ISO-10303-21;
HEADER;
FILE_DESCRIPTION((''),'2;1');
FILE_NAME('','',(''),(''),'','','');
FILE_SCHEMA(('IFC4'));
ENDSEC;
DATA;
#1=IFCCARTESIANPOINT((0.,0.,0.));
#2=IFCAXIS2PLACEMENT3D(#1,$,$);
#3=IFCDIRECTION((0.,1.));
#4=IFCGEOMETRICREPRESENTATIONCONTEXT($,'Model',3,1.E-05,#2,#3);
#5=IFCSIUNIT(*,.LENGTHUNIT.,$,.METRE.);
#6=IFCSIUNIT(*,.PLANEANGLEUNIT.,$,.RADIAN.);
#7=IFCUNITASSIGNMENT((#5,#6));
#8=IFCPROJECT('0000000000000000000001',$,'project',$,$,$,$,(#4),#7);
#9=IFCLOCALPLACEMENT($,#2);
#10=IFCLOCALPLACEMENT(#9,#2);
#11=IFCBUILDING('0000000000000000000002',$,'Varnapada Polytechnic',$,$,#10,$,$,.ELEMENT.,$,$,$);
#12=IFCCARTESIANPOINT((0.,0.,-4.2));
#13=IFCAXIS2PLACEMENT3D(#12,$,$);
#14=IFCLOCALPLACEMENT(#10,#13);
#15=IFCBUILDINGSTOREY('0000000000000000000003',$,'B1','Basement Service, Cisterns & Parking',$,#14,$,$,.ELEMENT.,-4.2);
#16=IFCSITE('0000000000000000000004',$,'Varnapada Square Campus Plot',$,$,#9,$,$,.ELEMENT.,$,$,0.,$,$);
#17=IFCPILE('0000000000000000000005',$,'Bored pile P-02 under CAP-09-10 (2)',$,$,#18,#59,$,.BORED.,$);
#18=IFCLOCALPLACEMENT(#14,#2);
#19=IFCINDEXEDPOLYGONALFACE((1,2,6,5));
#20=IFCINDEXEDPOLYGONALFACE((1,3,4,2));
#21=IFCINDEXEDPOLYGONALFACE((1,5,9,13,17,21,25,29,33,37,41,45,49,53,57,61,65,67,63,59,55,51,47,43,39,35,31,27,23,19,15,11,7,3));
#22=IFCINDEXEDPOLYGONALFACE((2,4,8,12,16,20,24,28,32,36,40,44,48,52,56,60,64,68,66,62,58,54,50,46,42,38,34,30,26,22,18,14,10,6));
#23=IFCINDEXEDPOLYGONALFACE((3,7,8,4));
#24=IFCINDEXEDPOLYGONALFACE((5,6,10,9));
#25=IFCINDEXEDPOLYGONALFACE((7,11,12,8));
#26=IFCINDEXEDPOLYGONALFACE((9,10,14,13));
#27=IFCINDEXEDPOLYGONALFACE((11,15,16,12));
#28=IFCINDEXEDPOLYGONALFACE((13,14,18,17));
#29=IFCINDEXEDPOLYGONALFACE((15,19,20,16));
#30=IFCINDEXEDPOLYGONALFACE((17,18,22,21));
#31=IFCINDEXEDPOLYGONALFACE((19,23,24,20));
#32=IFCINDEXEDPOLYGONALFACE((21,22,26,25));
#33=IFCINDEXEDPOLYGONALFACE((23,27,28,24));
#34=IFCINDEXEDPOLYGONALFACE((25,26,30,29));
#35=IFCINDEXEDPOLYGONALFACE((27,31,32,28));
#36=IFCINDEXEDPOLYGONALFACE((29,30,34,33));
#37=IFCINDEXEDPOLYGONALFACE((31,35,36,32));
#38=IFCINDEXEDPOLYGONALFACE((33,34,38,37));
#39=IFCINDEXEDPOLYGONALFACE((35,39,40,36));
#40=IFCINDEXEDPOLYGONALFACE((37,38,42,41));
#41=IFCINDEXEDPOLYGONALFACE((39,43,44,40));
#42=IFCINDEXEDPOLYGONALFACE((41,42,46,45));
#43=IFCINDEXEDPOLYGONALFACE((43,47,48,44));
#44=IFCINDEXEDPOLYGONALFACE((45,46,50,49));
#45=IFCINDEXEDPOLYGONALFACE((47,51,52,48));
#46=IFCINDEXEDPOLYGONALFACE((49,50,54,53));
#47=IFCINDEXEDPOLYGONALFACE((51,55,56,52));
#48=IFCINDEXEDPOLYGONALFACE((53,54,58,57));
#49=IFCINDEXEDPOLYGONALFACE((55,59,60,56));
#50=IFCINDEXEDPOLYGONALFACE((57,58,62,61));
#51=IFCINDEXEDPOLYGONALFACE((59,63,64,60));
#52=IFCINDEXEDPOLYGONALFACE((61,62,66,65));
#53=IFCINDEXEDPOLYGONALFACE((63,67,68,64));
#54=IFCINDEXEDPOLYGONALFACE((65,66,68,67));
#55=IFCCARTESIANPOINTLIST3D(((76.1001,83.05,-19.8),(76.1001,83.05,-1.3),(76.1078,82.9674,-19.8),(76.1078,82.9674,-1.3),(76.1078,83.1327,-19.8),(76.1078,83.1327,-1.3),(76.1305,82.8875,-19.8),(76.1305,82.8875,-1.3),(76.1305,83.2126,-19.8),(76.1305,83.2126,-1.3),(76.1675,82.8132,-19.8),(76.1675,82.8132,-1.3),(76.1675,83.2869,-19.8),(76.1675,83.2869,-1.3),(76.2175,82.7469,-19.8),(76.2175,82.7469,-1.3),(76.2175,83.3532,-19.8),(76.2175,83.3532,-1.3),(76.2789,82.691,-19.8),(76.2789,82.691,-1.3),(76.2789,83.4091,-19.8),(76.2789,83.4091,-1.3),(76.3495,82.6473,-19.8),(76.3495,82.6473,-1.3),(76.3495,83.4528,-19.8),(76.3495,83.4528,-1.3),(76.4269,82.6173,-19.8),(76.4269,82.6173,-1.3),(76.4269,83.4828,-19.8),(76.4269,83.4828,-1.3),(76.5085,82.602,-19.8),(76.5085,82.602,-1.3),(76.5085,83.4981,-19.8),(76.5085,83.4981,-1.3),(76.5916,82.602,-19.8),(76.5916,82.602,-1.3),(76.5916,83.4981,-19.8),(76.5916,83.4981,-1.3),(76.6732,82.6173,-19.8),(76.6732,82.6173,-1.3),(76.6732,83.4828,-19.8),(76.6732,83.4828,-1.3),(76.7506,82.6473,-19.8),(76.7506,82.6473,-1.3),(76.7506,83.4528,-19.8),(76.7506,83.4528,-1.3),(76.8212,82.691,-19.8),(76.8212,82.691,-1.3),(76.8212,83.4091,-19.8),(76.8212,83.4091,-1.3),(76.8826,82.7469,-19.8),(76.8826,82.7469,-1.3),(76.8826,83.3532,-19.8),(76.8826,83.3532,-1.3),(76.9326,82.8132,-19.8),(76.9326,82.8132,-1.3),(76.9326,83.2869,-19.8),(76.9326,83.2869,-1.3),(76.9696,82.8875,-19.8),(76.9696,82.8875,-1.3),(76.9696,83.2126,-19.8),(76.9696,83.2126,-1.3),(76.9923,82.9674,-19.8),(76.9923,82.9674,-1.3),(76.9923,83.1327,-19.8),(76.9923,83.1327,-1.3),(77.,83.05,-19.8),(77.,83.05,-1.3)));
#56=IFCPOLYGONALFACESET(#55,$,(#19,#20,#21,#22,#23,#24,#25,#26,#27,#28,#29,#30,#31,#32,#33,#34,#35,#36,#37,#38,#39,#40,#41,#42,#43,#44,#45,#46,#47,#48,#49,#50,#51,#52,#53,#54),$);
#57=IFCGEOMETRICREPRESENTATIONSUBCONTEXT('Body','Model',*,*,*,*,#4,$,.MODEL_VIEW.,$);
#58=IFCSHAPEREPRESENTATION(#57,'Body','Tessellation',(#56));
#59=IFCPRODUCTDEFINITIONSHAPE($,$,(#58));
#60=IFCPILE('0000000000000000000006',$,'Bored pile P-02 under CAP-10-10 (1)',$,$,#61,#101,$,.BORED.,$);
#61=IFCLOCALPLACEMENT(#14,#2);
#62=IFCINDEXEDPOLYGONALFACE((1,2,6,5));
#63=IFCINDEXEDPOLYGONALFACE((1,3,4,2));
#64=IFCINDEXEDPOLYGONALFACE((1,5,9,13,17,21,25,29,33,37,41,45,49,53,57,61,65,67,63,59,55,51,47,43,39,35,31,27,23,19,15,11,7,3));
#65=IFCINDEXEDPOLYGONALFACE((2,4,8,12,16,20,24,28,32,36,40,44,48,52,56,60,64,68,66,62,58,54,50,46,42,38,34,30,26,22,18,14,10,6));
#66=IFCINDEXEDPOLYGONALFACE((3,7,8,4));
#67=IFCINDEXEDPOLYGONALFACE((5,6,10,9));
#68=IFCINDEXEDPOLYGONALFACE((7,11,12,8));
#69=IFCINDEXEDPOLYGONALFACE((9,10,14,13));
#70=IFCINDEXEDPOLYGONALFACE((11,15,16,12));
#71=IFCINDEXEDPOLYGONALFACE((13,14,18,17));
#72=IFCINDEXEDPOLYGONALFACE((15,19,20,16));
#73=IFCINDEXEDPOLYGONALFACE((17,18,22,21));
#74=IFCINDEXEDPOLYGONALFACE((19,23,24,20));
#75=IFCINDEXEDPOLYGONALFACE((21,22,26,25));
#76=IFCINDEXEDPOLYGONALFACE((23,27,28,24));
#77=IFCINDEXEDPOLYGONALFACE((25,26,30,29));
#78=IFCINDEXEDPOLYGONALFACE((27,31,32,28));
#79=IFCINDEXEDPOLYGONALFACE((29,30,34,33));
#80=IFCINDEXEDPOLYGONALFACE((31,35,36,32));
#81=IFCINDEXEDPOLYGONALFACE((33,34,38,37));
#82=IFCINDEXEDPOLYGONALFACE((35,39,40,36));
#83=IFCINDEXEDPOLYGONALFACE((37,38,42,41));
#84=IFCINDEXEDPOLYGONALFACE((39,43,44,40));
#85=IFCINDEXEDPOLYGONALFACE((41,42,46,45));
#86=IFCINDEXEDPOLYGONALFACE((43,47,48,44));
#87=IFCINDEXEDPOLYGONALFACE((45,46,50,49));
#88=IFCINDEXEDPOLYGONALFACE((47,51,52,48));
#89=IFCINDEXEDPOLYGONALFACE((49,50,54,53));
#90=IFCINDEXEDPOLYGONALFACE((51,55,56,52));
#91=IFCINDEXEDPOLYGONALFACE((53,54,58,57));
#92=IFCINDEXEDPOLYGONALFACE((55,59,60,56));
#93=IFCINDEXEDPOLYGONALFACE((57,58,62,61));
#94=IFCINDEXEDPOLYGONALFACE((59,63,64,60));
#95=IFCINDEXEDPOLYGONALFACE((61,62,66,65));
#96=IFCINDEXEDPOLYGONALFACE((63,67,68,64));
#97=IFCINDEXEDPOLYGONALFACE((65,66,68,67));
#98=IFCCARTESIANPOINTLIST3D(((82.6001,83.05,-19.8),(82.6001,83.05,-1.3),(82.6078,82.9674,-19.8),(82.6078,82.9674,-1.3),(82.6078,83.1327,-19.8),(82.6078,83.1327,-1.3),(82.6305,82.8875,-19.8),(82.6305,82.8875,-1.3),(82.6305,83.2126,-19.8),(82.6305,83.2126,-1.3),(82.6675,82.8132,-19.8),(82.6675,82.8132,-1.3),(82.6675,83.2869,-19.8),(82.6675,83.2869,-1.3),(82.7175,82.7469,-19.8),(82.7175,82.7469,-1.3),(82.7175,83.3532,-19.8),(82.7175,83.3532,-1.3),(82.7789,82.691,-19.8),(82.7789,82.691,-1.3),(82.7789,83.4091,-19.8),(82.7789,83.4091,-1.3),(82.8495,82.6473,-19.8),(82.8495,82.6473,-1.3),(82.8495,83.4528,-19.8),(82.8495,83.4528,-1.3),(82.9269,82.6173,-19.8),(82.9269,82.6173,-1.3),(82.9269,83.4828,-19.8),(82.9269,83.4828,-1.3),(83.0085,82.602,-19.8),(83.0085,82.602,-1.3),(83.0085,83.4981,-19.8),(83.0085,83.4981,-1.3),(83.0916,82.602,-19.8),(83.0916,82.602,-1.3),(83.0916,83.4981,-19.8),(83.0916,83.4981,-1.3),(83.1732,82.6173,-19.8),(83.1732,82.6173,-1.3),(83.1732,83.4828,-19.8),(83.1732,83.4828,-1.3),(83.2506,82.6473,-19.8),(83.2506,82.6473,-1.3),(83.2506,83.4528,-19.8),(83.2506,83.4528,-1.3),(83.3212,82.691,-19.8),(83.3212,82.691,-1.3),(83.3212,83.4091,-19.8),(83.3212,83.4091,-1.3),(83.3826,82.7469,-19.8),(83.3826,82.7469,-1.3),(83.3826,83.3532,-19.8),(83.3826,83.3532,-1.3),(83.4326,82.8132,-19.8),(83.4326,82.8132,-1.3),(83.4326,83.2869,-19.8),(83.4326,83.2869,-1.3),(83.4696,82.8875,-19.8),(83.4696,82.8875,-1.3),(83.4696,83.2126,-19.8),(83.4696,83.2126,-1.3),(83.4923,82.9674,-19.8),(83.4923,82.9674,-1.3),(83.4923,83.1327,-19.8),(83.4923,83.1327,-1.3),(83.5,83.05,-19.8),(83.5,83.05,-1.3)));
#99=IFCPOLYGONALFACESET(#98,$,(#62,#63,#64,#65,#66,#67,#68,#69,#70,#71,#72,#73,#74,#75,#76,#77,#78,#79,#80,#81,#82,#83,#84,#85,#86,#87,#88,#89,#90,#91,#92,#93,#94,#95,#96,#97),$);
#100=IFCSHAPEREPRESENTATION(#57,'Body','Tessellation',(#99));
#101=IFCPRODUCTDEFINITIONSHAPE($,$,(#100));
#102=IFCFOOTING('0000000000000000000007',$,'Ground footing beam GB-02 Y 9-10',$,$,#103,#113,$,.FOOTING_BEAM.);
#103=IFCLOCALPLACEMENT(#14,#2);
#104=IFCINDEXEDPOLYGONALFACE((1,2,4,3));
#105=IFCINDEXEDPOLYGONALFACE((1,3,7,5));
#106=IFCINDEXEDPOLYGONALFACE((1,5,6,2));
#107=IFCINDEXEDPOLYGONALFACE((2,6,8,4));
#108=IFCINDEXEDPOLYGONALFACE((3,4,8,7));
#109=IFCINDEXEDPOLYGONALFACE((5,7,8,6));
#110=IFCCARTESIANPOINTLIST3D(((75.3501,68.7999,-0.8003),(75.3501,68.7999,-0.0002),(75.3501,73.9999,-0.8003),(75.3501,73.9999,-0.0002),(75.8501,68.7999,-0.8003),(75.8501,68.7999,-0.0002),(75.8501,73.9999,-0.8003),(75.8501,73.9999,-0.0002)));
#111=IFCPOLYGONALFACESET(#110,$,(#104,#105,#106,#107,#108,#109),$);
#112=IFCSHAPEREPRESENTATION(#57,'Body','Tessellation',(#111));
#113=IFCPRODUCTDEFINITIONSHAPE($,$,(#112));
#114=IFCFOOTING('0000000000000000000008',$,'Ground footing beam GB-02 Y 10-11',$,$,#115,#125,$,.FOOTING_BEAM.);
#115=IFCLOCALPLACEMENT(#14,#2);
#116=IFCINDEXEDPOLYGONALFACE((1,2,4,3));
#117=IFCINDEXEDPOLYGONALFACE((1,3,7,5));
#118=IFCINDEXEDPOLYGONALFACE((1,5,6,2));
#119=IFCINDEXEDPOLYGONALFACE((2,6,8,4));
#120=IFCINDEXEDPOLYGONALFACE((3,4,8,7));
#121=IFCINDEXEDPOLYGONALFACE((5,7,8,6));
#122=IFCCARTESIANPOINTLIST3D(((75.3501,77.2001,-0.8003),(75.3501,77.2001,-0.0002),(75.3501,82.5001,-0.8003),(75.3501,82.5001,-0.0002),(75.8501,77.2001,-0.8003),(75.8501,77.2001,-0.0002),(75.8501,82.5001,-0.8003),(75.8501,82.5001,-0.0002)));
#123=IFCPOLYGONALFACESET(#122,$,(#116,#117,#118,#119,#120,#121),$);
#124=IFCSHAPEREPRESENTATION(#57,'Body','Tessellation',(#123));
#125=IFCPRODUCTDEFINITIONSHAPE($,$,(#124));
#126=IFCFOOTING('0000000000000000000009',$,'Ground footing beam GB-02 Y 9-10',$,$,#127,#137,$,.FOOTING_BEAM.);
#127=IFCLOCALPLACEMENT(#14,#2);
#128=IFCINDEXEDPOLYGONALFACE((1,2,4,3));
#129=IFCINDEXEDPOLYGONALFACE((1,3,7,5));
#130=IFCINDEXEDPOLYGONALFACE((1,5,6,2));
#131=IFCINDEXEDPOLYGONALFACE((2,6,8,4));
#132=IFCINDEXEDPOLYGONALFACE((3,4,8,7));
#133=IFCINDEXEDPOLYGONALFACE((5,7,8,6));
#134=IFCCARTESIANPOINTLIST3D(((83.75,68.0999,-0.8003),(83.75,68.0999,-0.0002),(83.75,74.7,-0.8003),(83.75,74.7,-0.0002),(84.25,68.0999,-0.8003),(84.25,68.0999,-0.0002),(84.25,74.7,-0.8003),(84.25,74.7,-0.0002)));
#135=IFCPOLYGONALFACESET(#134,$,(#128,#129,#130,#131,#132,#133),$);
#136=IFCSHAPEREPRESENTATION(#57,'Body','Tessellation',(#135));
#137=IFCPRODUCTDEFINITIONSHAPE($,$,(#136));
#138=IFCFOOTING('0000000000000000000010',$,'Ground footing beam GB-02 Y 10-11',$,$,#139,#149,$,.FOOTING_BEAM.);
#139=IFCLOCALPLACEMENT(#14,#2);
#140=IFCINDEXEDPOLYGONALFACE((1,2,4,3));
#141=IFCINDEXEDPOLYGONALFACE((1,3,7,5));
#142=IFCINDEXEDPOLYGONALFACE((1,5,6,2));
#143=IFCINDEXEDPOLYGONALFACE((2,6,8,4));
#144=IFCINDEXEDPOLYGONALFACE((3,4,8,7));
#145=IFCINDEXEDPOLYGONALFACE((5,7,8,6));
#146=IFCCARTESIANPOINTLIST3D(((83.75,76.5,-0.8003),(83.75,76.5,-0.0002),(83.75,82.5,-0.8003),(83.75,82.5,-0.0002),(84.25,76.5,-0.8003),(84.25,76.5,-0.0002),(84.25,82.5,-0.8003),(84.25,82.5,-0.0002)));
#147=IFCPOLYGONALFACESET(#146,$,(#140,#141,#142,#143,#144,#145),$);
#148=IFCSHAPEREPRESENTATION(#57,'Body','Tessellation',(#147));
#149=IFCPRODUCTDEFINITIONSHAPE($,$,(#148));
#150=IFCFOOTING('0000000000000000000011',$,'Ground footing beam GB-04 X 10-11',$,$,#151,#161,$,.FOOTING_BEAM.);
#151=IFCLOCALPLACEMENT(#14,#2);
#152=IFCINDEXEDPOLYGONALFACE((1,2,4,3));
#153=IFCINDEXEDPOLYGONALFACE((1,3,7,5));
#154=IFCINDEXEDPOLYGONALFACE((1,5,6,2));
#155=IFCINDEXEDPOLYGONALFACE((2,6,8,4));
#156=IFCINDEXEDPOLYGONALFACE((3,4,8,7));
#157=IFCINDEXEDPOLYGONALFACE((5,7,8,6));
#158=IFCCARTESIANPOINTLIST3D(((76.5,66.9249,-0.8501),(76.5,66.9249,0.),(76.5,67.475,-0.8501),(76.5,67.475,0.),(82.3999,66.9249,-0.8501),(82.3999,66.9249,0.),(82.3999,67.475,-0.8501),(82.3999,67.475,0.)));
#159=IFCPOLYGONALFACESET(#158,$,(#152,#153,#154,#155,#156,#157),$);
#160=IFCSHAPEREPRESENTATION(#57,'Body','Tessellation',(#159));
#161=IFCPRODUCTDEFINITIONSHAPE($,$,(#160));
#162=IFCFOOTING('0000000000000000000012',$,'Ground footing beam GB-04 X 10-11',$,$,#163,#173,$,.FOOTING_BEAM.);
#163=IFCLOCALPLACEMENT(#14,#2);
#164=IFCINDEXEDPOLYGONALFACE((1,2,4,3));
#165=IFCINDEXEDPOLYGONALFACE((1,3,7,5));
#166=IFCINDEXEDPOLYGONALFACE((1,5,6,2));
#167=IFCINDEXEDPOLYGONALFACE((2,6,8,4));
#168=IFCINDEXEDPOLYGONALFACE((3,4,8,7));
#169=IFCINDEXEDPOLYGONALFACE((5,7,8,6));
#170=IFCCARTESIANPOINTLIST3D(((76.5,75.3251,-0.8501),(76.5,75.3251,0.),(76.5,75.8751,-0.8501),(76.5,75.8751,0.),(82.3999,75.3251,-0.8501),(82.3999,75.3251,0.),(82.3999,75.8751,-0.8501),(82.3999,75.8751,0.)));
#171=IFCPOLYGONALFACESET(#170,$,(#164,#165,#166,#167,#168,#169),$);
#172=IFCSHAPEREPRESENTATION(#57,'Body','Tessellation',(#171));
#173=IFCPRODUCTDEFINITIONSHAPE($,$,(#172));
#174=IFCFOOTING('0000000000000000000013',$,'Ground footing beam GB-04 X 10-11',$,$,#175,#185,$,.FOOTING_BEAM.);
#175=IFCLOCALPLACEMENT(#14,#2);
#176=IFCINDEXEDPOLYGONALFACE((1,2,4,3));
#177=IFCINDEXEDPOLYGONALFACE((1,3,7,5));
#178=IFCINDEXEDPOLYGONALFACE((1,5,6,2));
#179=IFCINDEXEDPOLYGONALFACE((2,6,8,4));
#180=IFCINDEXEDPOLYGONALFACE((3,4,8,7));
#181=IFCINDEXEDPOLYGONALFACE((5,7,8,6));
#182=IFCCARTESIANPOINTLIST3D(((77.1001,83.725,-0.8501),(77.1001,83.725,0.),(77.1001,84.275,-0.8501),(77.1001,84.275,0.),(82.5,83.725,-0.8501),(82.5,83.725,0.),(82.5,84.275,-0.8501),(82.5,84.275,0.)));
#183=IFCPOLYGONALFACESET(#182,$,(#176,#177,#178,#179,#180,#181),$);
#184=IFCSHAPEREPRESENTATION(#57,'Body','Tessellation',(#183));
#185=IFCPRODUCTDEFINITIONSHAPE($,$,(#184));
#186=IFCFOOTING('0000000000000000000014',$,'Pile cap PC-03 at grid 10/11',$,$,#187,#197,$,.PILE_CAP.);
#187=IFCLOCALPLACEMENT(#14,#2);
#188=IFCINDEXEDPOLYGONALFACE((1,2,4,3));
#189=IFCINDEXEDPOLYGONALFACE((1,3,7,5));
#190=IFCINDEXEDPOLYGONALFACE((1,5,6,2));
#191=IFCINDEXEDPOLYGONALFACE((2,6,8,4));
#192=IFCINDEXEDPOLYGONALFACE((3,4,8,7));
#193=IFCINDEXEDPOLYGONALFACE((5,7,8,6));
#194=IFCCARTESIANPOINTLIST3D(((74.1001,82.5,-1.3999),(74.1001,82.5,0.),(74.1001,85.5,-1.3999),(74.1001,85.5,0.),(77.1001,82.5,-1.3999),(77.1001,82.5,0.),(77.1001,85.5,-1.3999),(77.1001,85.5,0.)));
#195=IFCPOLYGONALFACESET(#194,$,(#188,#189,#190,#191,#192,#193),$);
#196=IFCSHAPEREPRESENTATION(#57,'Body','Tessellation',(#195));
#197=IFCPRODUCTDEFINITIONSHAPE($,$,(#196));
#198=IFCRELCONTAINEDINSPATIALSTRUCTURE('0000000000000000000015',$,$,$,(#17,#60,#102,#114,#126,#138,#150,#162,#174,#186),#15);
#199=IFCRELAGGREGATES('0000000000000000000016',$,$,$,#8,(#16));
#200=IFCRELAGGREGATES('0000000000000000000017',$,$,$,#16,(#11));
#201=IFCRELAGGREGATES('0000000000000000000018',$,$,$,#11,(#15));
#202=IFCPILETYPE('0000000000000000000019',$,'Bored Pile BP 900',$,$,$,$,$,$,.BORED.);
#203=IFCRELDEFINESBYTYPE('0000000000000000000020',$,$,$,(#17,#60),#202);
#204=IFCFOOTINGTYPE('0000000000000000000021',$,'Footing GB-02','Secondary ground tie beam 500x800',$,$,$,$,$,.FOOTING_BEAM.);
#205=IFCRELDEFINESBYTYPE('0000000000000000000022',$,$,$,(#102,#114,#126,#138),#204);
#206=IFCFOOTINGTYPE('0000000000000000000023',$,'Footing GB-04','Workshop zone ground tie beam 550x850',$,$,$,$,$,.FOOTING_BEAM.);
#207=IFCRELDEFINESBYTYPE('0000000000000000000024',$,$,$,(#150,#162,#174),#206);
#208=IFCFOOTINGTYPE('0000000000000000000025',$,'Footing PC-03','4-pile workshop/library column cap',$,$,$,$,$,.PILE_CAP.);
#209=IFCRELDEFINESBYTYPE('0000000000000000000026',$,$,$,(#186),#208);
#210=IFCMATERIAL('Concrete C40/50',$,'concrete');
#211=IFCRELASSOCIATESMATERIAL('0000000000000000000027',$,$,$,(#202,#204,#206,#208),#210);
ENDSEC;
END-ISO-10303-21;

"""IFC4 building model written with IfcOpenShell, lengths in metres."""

from ifc_helpers import new_model, si_unit, direction, frame, origin, origin_2d, place, context, subcontext, project, spatial, rectangle, circle, extrude, material, material_profile, profile_set, type_object, element, save


model = new_model("IFC4")

# Units and contexts
model_context = context("Model", 3, precision=1e-05, world=origin(), true_north=direction((0.0, 1.0)))
body_context = subcontext(model_context, "Body", "Model", "MODEL_VIEW")
ifc_project = project(units=[si_unit("LENGTHUNIT", "METRE"), si_unit("PLANEANGLEUNIT", "RADIAN")], contexts=[model_context])

# Site, building, storey
site_placement = place(None, origin())
site = spatial("IfcSite", under=ifc_project, at=site_placement, Name="Varnapada Square Campus Plot", CompositionType="ELEMENT", RefElevation=0.0)
building_placement = place(site_placement, origin())
building = spatial("IfcBuilding", under=site, at=building_placement, Name="Varnapada Polytechnic", CompositionType="ELEMENT")
storey_placement = place(building_placement, frame((0.0, 0.0, -4.2)))
storey = spatial("IfcBuildingStorey", under=building, at=storey_placement, Name="B1", Description="Basement Service, Cisterns & Parking", CompositionType="ELEMENT", Elevation=-4.2)

# Piles
ifc_material = material(Name="Concrete C40/50", Category="concrete")
ifc_material_profile_1 = material_profile(ifc_material, circle(Radius=0.45, at=origin_2d()), Name="BP 900")
ifc_profile_set_1 = profile_set([ifc_material_profile_1], Name="Concrete C40/50")
pile_type_1 = type_object("IfcPileType", Name="Bored Pile BP 900", PredefinedType="BORED", material=ifc_profile_set_1)
for number, where, z_axis, x_axis, name in (
    (1, (76.55, 83.05, -1.3), (0.0, 0.0, -1.0), (1.0, 0.0, 0.0), "Bored pile P-02 under CAP-09-10 (2)"),
    (2, (83.05, 83.05, -1.3), (0.0, 0.0, -1.0), (1.0, 0.0, 0.0), "Bored pile P-02 under CAP-10-10 (1)"),
):
    element("IfcPile", number, at=place(storey_placement, frame(where, z_axis=z_axis, x_axis=x_axis)), inside=storey, type_object=pile_type_1, Name=name, PredefinedType="BORED", context=body_context, shape_type="SweptSolid", body=[
        extrude(circle(Radius=0.45, at=origin_2d()), origin(), (0.0, 0.0, 1.0), 18.5),
    ])

# Footings
footing_type_1 = type_object("IfcFootingType", Name="Footing GB-02", Description="Secondary ground tie beam 500x800", PredefinedType="FOOTING_BEAM", material=ifc_material)
footing_1_placement = place(storey_placement, frame((75.6001, 71.3999, -0.8003), z_axis=(0.0, 0.0, 1.0), x_axis=(0.0, 1.0, 0.0)))
element("IfcFooting", 3, at=footing_1_placement, inside=storey, type_object=footing_type_1, Name="Ground footing beam GB-02 Y 9-10", PredefinedType="FOOTING_BEAM", context=body_context, shape_type="SweptSolid", body=[
    extrude(rectangle(XDim=5.2, YDim=0.5, at=origin_2d()), origin(), (0.0, 0.0, 1.0), 0.8),
])
footing_2_placement = place(storey_placement, frame((75.6001, 79.8501, -0.8003), z_axis=(0.0, 0.0, 1.0), x_axis=(0.0, 1.0, 0.0)))
element("IfcFooting", 4, at=footing_2_placement, inside=storey, type_object=footing_type_1, Name="Ground footing beam GB-02 Y 10-11", PredefinedType="FOOTING_BEAM", context=body_context, shape_type="SweptSolid", body=[
    extrude(rectangle(XDim=5.3, YDim=0.5, at=origin_2d()), origin(), (0.0, 0.0, 1.0), 0.8),
])
footing_3_placement = place(storey_placement, frame((84.0, 71.3999, -0.8003), z_axis=(0.0, 0.0, 1.0), x_axis=(0.0, 1.0, 0.0)))
element("IfcFooting", 5, at=footing_3_placement, inside=storey, type_object=footing_type_1, Name="Ground footing beam GB-02 Y 9-10", PredefinedType="FOOTING_BEAM", context=body_context, shape_type="SweptSolid", body=[
    extrude(rectangle(XDim=6.6001, YDim=0.5, at=origin_2d()), origin(), (0.0, 0.0, 1.0), 0.8),
])
footing_4_placement = place(storey_placement, frame((84.0, 79.5, -0.8003), z_axis=(0.0, 0.0, 1.0), x_axis=(0.0, 1.0, 0.0)))
element("IfcFooting", 6, at=footing_4_placement, inside=storey, type_object=footing_type_1, Name="Ground footing beam GB-02 Y 10-11", PredefinedType="FOOTING_BEAM", context=body_context, shape_type="SweptSolid", body=[
    extrude(rectangle(XDim=6.0, YDim=0.5, at=origin_2d()), origin(), (0.0, 0.0, 1.0), 0.8),
])
footing_type_2 = type_object("IfcFootingType", Name="Footing GB-04", Description="Workshop zone ground tie beam 550x850", PredefinedType="FOOTING_BEAM", material=ifc_material)
for number, where, z_axis, x_axis, name in (
    (7, (79.45, 67.2, -0.8501), (0.0, 0.0, 1.0), (1.0, 0.0, 0.0), "Ground footing beam GB-04 X 10-11"),
    (8, (79.45, 75.6001, -0.8501), (0.0, 0.0, 1.0), (1.0, 0.0, 0.0), "Ground footing beam GB-04 X 10-11"),
):
    element("IfcFooting", number, at=place(storey_placement, frame(where, z_axis=z_axis, x_axis=x_axis)), inside=storey, type_object=footing_type_2, Name=name, PredefinedType="FOOTING_BEAM", context=body_context, shape_type="SweptSolid", body=[
        extrude(rectangle(XDim=5.8999, YDim=0.55, at=origin_2d()), origin(), (0.0, 0.0, 1.0), 0.8501),
    ])
footing_5_placement = place(storey_placement, frame((79.8, 84.0, -0.8501), z_axis=(0.0, 0.0, 1.0), x_axis=(1.0, 0.0, 0.0)))
element("IfcFooting", 9, at=footing_5_placement, inside=storey, type_object=footing_type_2, Name="Ground footing beam GB-04 X 10-11", PredefinedType="FOOTING_BEAM", context=body_context, shape_type="SweptSolid", body=[
    extrude(rectangle(XDim=5.3999, YDim=0.55, at=origin_2d()), origin(), (0.0, 0.0, 1.0), 0.8501),
])
footing_type_3 = type_object("IfcFootingType", Name="Footing PC-03", Description="4-pile workshop/library column cap", PredefinedType="PILE_CAP", material=ifc_material)
footing_6_placement = place(storey_placement, frame((75.6001, 84.0, -1.3999), z_axis=(0.0, 0.0, 1.0), x_axis=(1.0, 0.0, 0.0)))
element("IfcFooting", 10, at=footing_6_placement, inside=storey, type_object=footing_type_3, Name="Pile cap PC-03 at grid 10/11", PredefinedType="PILE_CAP", context=body_context, shape_type="SweptSolid", body=[
    extrude(rectangle(XDim=3.0, YDim=3.0, at=origin_2d()), origin(), (0.0, 0.0, 1.0), 1.3999),
])

save(model, "model.ifc")
